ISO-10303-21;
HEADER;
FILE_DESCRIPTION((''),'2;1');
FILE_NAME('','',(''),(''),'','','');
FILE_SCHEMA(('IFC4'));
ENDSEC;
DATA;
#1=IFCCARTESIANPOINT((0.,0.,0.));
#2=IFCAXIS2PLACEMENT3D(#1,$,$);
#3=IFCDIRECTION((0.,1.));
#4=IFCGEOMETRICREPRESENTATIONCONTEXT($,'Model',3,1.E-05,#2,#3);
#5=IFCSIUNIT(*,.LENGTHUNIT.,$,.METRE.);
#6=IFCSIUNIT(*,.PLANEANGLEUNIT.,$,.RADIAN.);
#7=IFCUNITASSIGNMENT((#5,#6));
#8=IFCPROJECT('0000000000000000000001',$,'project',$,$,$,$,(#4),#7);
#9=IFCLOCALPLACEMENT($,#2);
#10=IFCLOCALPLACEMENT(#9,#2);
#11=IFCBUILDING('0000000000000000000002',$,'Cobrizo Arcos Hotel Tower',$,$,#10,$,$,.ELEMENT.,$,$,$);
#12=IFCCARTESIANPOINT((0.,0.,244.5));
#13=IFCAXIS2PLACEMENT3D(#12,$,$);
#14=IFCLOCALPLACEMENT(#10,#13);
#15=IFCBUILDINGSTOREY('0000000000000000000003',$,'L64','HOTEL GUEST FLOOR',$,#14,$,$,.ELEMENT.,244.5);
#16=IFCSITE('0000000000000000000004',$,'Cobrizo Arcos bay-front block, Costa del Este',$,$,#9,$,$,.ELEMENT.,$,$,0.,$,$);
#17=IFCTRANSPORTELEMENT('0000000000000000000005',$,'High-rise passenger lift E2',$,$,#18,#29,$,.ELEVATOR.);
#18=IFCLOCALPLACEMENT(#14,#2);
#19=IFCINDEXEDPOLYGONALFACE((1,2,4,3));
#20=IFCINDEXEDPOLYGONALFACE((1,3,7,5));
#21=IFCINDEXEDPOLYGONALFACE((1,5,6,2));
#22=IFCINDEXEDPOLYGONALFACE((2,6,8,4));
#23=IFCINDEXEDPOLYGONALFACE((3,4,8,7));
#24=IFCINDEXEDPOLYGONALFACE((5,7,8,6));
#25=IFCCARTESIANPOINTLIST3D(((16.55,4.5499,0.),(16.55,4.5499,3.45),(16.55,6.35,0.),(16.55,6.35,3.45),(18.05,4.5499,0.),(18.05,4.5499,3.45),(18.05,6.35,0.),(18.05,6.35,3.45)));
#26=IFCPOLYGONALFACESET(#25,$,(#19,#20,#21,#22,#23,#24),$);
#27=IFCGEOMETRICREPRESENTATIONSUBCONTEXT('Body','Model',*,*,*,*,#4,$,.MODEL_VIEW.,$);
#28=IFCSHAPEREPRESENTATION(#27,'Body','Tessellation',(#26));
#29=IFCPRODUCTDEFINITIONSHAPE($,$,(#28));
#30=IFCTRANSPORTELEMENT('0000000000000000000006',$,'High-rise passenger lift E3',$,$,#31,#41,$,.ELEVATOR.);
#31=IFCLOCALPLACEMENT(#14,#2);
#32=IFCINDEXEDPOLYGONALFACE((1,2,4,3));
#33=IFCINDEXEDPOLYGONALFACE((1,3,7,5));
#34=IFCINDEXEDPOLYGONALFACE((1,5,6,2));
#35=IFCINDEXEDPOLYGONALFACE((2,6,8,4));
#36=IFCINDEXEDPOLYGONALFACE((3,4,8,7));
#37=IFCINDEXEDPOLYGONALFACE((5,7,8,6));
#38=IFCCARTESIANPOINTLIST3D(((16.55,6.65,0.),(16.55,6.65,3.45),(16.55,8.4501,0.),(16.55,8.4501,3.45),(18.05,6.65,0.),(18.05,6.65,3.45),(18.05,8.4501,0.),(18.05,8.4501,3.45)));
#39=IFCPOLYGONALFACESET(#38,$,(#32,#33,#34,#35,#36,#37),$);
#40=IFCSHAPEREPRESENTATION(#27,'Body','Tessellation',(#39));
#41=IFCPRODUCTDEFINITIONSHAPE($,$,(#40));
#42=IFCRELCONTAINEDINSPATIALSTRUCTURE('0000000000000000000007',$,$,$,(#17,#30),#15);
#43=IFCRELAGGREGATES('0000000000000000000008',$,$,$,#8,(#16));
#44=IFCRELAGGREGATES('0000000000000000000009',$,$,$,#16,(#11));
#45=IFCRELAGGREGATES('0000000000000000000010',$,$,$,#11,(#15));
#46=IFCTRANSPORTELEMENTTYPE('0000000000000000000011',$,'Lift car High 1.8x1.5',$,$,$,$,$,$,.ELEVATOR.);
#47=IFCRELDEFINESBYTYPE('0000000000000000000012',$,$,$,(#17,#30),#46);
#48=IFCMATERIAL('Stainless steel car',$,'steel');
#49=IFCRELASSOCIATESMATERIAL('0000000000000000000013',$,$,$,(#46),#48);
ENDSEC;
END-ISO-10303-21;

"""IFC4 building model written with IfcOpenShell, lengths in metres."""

from ifc_helpers import new_model, si_unit, direction, frame, origin, origin_2d, place, context, subcontext, project, spatial, rectangle, extrude, material, type_object, element, save


model = new_model("IFC4")

# Units and contexts
model_context = context("Model", 3, precision=1e-05, world=origin(), true_north=direction((0.0, 1.0)))
body_context = subcontext(model_context, "Body", "Model", "MODEL_VIEW")
ifc_project = project(units=[si_unit("LENGTHUNIT", "METRE"), si_unit("PLANEANGLEUNIT", "RADIAN")], contexts=[model_context])

# Site, building, storey
site_placement = place(None, origin())
site = spatial("IfcSite", under=ifc_project, at=site_placement, Name="Cobrizo Arcos bay-front block, Costa del Este", CompositionType="ELEMENT", RefElevation=0.0)
building_placement = place(site_placement, origin())
building = spatial("IfcBuilding", under=site, at=building_placement, Name="Cobrizo Arcos Hotel Tower", CompositionType="ELEMENT")
storey_placement = place(building_placement, frame((0.0, 0.0, 244.5)))
storey = spatial("IfcBuildingStorey", under=building, at=storey_placement, Name="L64", Description="HOTEL GUEST FLOOR", CompositionType="ELEMENT", Elevation=244.5)

# Transport elements
ifc_material_1 = material(Name="Stainless steel car", Category="steel")
transport_element_type = type_object("IfcTransportElementType", Name="Lift car High 1.8x1.5", PredefinedType="ELEVATOR", material=ifc_material_1)
for number, where, z_axis, x_axis, name in (
    (1, (17.3, 5.45, 0.0), (0.0, 0.0, 1.0), (1.0, 0.0, 0.0), "High-rise passenger lift E2"),
    (2, (17.3, 7.55, 0.0), (0.0, 0.0, 1.0), (1.0, 0.0, 0.0), "High-rise passenger lift E3"),
):
    element("IfcTransportElement", number, at=place(storey_placement, frame(where, z_axis=z_axis, x_axis=x_axis)), inside=storey, type_object=transport_element_type, Name=name, PredefinedType="ELEVATOR", context=body_context, shape_type="SweptSolid", body=[
        extrude(rectangle(XDim=1.5, YDim=1.8, at=origin_2d()), origin(), (0.0, 0.0, 1.0), 3.45),
    ])

save(model, "model.ifc")
